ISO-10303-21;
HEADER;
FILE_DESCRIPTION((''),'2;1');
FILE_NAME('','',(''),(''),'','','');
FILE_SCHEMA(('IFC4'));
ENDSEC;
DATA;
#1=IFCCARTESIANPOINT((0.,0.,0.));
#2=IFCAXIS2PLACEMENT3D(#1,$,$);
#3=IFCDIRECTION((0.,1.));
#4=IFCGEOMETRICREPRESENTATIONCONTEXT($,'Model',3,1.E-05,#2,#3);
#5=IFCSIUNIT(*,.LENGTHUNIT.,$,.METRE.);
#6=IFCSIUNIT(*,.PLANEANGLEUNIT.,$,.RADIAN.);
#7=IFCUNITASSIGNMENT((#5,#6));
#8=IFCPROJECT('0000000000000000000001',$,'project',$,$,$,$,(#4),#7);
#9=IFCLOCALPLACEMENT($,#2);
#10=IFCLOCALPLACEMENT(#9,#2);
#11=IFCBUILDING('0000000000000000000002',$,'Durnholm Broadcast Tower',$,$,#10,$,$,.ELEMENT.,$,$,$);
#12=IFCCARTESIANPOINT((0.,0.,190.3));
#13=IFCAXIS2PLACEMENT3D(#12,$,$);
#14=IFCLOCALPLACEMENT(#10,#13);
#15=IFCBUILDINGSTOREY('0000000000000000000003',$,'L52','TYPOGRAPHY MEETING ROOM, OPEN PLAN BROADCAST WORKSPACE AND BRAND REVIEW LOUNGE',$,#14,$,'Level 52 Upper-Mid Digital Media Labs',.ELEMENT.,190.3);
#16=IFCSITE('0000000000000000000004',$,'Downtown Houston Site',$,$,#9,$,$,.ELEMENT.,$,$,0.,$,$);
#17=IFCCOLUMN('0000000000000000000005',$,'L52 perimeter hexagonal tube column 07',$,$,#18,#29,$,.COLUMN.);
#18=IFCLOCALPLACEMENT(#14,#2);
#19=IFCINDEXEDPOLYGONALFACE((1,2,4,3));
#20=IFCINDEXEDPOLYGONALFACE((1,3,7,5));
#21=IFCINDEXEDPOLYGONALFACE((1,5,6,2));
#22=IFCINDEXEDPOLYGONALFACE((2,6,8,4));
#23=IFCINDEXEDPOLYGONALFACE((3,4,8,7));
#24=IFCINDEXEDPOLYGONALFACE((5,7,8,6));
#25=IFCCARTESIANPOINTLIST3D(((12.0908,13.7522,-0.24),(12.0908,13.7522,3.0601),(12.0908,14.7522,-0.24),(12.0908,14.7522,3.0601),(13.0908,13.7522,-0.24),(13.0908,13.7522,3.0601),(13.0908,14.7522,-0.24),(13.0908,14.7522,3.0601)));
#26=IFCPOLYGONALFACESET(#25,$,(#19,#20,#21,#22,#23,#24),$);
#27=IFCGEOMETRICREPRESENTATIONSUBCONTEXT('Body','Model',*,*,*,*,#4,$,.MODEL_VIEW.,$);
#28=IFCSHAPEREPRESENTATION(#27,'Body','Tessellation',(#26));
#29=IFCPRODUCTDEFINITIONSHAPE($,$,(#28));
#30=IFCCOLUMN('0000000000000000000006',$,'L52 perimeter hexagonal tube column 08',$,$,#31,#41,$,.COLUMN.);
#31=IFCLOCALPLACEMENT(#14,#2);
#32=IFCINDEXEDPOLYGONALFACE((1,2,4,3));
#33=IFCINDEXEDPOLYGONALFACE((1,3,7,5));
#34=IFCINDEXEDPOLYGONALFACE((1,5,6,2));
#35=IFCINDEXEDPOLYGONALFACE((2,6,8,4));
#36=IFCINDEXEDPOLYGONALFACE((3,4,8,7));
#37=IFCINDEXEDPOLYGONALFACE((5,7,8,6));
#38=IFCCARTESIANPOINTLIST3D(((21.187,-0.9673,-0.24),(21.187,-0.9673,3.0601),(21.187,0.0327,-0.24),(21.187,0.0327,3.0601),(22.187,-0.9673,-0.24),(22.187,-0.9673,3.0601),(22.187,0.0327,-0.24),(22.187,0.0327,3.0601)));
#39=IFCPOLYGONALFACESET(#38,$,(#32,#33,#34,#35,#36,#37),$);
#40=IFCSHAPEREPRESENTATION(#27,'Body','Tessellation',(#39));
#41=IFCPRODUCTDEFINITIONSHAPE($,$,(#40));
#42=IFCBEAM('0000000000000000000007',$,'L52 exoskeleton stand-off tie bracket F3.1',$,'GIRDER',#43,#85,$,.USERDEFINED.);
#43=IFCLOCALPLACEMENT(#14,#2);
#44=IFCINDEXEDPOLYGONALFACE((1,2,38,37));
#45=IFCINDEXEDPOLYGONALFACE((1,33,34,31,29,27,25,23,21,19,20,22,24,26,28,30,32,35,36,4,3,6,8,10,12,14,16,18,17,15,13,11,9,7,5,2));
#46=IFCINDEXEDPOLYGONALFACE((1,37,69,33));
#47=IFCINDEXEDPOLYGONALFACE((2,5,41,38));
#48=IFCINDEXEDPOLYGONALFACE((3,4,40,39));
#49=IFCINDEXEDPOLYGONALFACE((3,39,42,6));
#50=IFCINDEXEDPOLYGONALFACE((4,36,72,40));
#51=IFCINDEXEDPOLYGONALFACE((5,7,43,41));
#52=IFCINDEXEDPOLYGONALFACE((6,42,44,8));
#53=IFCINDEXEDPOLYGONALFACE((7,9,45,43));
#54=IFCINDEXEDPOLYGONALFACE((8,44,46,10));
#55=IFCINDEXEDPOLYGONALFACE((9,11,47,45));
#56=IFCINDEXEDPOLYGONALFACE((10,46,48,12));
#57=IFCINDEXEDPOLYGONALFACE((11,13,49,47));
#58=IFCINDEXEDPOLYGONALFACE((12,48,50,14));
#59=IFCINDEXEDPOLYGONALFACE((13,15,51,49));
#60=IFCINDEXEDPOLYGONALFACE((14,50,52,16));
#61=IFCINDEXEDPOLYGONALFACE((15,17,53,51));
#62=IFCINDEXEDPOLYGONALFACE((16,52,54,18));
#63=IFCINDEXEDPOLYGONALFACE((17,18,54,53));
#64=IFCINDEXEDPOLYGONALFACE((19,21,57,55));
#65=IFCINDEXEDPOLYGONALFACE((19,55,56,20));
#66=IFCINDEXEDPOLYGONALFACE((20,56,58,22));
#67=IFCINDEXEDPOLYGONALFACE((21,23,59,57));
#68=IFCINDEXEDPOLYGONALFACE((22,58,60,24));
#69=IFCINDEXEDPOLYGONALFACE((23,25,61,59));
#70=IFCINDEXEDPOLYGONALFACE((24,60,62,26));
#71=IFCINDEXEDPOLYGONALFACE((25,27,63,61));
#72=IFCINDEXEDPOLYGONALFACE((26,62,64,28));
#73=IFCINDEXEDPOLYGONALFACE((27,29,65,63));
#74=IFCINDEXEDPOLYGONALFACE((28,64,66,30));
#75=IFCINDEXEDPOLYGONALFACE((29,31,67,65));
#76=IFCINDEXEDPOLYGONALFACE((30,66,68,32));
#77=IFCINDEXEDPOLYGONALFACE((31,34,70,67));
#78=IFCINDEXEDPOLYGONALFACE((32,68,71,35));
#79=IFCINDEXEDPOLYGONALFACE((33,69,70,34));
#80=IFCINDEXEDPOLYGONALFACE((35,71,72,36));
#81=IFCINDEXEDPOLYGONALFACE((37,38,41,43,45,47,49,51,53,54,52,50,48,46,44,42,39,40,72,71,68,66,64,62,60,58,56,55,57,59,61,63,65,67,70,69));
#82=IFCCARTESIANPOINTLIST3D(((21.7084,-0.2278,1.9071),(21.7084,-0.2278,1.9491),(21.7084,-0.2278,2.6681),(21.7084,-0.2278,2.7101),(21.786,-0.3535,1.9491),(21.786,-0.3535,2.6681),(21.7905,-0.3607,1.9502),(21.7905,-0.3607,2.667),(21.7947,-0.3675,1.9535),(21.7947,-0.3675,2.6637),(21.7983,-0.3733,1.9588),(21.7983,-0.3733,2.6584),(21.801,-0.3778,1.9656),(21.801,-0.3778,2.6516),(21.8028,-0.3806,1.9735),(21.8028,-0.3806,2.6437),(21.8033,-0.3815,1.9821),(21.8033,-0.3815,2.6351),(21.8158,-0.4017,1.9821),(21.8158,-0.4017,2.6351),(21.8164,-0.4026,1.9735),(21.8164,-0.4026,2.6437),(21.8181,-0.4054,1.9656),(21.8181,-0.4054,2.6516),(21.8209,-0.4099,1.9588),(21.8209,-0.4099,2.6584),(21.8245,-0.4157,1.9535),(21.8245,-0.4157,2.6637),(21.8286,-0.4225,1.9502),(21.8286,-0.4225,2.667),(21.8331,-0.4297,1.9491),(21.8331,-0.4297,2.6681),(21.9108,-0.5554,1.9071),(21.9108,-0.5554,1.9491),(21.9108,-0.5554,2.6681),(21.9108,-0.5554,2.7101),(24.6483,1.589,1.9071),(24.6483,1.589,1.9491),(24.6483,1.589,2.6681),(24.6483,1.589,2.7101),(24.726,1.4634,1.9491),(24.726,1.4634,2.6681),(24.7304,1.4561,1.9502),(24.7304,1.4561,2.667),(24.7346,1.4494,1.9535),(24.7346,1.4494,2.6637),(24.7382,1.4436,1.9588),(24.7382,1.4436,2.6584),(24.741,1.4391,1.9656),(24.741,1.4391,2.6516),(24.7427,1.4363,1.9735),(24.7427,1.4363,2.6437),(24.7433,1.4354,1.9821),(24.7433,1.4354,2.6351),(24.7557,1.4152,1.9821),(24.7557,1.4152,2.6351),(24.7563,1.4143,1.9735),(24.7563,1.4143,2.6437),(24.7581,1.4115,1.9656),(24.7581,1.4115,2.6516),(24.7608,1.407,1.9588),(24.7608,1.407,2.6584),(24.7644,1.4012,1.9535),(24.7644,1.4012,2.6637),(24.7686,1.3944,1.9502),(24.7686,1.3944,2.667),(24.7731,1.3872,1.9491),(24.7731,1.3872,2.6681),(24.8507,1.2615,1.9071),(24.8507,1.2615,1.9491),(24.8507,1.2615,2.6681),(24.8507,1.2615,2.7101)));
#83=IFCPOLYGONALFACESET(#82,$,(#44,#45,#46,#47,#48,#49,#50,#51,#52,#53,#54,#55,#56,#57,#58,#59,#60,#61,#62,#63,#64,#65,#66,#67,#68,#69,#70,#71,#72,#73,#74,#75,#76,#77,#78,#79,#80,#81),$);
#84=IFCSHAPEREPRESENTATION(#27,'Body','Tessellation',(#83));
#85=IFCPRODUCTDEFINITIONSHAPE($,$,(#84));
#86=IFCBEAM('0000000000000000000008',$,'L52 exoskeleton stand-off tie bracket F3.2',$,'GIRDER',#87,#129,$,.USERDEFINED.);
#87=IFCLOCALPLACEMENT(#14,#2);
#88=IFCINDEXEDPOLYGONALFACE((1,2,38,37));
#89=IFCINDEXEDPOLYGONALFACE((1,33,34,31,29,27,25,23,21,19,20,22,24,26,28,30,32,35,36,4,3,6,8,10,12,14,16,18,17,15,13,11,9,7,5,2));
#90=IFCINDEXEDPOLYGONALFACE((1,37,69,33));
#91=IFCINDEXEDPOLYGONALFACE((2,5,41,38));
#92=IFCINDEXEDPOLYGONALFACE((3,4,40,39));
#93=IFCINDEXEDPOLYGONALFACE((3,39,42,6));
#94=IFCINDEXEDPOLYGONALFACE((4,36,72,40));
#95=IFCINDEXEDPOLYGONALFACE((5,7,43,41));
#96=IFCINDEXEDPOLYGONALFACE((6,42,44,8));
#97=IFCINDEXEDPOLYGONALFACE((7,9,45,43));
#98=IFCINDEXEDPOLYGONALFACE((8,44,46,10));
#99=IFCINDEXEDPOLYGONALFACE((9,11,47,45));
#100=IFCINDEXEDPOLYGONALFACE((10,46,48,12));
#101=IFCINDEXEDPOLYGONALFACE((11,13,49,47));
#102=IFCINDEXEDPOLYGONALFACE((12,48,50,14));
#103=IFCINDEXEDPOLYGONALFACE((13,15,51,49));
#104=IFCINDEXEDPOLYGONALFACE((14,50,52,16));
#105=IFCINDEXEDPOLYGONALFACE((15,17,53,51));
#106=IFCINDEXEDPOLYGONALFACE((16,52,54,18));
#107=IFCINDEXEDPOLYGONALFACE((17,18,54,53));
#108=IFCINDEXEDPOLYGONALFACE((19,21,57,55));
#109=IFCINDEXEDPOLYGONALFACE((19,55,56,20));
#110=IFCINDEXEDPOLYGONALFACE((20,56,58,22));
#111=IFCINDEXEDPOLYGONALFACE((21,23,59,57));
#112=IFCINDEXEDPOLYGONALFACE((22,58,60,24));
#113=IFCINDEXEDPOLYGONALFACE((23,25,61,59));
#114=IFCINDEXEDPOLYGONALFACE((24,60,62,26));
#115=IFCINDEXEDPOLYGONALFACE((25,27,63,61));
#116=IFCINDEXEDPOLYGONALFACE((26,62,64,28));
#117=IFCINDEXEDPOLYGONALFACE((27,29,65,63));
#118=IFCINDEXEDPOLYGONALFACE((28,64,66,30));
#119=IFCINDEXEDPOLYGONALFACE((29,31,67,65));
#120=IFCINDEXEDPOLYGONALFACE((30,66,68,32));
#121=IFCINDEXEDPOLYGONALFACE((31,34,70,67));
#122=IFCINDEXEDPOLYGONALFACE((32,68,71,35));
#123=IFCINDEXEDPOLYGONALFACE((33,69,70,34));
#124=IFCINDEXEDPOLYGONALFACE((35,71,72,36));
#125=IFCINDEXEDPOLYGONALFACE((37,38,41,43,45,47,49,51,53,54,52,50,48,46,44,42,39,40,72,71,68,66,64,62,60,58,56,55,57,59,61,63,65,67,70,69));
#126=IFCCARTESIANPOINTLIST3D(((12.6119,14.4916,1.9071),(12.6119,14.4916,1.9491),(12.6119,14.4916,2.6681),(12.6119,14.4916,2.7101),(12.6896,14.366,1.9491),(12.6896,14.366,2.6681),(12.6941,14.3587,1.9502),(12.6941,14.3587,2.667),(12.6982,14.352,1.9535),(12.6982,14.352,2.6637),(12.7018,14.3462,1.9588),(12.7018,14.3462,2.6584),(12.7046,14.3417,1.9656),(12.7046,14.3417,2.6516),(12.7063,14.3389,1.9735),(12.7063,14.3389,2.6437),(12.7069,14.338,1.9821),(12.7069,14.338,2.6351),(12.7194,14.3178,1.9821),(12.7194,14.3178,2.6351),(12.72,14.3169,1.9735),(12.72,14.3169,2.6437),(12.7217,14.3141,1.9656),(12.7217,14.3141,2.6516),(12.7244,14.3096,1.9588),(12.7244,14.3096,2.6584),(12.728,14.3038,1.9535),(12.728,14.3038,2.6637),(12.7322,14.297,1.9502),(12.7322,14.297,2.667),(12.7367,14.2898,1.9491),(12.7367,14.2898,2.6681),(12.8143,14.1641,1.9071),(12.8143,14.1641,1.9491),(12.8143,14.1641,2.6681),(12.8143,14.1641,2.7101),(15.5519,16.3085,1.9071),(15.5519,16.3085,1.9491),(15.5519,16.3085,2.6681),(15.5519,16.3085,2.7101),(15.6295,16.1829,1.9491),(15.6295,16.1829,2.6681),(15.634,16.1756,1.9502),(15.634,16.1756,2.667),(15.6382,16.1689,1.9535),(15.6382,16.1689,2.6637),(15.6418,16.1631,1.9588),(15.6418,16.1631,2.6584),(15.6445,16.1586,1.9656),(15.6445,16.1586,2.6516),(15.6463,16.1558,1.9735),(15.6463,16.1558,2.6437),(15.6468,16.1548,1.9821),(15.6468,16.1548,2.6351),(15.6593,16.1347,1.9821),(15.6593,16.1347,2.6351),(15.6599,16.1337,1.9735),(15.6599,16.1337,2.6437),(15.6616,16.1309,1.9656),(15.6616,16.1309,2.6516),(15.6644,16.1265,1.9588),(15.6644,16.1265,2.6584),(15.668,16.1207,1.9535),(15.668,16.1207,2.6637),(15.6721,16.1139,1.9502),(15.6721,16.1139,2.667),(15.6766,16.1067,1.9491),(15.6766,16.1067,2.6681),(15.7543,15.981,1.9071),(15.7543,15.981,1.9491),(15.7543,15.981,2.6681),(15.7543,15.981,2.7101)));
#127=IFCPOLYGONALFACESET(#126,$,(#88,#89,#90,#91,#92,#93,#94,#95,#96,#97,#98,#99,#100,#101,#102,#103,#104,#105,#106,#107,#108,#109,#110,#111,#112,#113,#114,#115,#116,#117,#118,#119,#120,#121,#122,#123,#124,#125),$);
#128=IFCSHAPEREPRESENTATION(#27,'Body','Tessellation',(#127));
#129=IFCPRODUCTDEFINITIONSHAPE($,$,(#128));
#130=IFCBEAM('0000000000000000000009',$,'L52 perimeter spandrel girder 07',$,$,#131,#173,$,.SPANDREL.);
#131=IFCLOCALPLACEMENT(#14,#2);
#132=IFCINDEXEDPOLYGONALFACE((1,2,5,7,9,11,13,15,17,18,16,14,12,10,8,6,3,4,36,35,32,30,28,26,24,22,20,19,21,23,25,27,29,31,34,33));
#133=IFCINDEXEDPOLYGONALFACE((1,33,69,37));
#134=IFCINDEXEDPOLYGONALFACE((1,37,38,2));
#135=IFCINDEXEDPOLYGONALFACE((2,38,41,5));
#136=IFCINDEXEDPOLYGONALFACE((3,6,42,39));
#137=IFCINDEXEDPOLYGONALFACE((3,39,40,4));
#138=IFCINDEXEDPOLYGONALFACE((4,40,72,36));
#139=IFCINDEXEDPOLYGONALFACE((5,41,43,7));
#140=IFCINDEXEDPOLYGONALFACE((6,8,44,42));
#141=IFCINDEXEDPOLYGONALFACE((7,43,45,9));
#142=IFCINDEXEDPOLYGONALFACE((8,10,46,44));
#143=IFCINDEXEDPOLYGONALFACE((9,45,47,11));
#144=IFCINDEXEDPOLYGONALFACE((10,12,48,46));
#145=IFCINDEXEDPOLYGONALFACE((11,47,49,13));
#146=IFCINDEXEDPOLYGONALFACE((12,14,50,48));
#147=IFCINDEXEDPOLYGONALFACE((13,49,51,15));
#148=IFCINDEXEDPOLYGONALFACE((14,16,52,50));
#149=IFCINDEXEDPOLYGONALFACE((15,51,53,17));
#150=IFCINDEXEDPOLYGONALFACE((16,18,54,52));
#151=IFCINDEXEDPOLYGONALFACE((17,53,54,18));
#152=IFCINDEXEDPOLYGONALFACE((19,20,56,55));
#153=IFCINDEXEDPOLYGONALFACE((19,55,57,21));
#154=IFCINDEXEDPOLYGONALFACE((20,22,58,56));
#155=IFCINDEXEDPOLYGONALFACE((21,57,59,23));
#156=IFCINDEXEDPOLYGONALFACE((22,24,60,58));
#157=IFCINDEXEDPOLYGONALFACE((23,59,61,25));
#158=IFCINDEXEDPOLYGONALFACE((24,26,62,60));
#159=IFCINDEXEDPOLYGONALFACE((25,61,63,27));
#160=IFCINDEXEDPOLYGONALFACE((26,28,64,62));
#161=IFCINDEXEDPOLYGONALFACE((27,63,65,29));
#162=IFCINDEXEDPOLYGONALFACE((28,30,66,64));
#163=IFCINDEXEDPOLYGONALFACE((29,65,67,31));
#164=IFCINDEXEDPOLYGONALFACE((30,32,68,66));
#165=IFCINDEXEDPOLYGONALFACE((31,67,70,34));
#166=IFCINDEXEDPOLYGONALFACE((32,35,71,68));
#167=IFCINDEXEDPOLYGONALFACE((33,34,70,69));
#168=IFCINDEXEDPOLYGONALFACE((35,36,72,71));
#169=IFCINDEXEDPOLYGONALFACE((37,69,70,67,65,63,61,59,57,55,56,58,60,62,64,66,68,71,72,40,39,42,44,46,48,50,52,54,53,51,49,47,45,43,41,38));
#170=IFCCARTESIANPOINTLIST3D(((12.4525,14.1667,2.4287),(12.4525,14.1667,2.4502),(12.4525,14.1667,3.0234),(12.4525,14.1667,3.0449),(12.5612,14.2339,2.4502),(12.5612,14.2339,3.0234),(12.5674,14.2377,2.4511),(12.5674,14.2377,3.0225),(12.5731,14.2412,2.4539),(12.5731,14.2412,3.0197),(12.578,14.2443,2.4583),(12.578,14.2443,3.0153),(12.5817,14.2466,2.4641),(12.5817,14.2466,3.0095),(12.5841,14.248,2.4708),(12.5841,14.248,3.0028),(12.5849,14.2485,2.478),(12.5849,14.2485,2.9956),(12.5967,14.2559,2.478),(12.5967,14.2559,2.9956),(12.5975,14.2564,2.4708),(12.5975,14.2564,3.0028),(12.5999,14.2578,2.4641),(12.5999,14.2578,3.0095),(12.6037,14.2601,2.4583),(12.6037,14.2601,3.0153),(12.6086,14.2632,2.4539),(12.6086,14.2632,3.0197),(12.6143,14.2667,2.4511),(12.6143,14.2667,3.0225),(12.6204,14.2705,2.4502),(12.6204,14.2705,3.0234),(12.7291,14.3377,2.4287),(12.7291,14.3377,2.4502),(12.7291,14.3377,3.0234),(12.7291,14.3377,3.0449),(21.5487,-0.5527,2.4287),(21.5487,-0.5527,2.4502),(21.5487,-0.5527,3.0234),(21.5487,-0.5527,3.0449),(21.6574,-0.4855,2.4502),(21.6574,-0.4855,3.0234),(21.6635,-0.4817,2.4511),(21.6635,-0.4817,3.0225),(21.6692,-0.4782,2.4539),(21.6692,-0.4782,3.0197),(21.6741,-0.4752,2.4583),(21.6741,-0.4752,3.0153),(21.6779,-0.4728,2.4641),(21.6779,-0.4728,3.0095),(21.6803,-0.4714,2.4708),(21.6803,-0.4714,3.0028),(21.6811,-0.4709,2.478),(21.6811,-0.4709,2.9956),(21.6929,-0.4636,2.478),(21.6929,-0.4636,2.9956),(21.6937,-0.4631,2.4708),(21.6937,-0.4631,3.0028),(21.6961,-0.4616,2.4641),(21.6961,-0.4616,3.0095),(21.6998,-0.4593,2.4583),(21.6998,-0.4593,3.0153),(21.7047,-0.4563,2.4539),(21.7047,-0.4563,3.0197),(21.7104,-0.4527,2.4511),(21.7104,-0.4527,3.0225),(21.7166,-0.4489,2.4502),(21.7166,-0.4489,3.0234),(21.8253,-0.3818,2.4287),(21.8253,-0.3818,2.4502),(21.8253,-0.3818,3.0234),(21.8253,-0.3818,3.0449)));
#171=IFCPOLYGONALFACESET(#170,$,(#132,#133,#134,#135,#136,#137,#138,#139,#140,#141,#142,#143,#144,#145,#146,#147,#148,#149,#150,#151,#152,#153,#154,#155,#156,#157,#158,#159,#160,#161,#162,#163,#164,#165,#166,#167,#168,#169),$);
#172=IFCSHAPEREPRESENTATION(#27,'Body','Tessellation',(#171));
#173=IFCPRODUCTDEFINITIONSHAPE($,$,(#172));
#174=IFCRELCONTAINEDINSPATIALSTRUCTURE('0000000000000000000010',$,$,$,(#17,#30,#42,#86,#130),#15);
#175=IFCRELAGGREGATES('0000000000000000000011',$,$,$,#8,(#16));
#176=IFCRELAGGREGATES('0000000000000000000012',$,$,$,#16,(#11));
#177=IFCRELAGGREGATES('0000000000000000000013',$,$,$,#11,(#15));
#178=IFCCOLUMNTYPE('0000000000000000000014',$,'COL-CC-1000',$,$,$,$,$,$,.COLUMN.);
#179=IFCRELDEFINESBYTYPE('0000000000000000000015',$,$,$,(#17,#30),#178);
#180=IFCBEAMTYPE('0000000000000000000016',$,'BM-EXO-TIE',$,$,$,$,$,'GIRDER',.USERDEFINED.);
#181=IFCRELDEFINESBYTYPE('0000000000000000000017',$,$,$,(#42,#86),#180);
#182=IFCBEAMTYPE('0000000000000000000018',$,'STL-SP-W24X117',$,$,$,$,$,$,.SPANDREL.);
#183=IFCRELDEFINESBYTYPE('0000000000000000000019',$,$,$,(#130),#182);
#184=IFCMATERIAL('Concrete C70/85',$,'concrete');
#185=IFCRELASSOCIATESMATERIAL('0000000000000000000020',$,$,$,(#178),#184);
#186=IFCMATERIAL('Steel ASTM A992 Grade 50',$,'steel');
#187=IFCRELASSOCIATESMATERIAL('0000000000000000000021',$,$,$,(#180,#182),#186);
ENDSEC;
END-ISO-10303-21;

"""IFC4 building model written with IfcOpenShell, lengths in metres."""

from ifc_helpers import new_model, si_unit, direction, frame, origin, origin_2d, place, context, subcontext, project, spatial, rectangle, i_section, extrude, source, transform, mapped, material, material_profile, profile_set, type_object, type_shapes, element, save


model = new_model("IFC4")

# Units and contexts
model_context = context("Model", 3, precision=1e-05, world=origin(), true_north=direction((0.0, 1.0)))
body_context = subcontext(model_context, "Body", "Model", "MODEL_VIEW")
ifc_project = project(units=[si_unit("LENGTHUNIT", "METRE"), si_unit("PLANEANGLEUNIT", "RADIAN")], contexts=[model_context])

# Site, building, storey
site_placement = place(None, origin())
site = spatial("IfcSite", under=ifc_project, at=site_placement, Name="Downtown Houston Site", CompositionType="ELEMENT", RefElevation=0.0)
building_placement = place(site_placement, origin())
building = spatial("IfcBuilding", under=site, at=building_placement, Name="Durnholm Broadcast Tower", CompositionType="ELEMENT")
storey_placement = place(building_placement, frame((0.0, 0.0, 190.3)))
storey = spatial("IfcBuildingStorey", under=building, at=storey_placement, Name="L52", Description="TYPOGRAPHY MEETING ROOM, OPEN PLAN BROADCAST WORKSPACE AND BRAND REVIEW LOUNGE", LongName="Level 52 Upper-Mid Digital Media Labs", CompositionType="ELEMENT", Elevation=190.3)

# Columns
ifc_material_1 = material(Name="Concrete C70/85", Category="concrete")
ifc_material_profile_1 = material_profile(ifc_material_1, rectangle(XDim=1.0, YDim=1.0, at=origin_2d()), Name="RC1000X1000")
ifc_profile_set_1 = profile_set([ifc_material_profile_1], Name="Concrete C70/85")
column_type = type_object("IfcColumnType", Name="COL-CC-1000", PredefinedType="COLUMN", material=ifc_profile_set_1)
shared_shape_1 = source(origin(), body_context, "Body", "SweptSolid", [
    extrude(rectangle(XDim=1.0, YDim=1.0, at=origin_2d()), origin(), (0.0, 0.0, 1.0), 3.3),
])
type_shapes(column_type, [shared_shape_1])
for number, where, z_axis, x_axis, name in (
    (1, (12.5908, 14.2522, -0.24), (0.0, 0.0, 1.0), (1.0, 0.0, 0.0), "L52 perimeter hexagonal tube column 07"),
    (2, (21.687, -0.4673, -0.24), (0.0, 0.0, 1.0), (1.0, 0.0, 0.0), "L52 perimeter hexagonal tube column 08"),
):
    element("IfcColumn", number, at=place(storey_placement, frame(where, z_axis=z_axis, x_axis=x_axis)), inside=storey, type_object=column_type, Name=name, PredefinedType="COLUMN", context=body_context, shape_type="MappedRepresentation", body=[
        mapped(shared_shape_1, transform((0.0, 0.0, 0.0), x_axis=(1.0, 0.0, 0.0), y_axis=(0.0, 1.0, 0.0), z_axis=(0.0, 0.0, 1.0), scale=1.0)),
    ])

# Beams
ifc_material_2 = material(Name="Steel ASTM A992 Grade 50", Category="steel")
ifc_material_profile_2 = material_profile(ifc_material_2, i_section(OverallWidth=0.385, OverallDepth=0.803, WebThickness=0.0237, FlangeThickness=0.042, FilletRadius=0.033, at=origin_2d()), Name="W30X261")
ifc_profile_set_2 = profile_set([ifc_material_profile_2], Name="Steel ASTM A992 Grade 50")
beam_type_1 = type_object("IfcBeamType", Name="BM-EXO-TIE", ElementType="GIRDER", PredefinedType="USERDEFINED", material=ifc_profile_set_2)
shared_shape_2 = source(origin(), body_context, "Body", "SweptSolid", [
    extrude(i_section(OverallWidth=0.385, OverallDepth=0.803, WebThickness=0.0237, FlangeThickness=0.042, FilletRadius=0.033, at=origin_2d()), origin(), (0.0, 0.0, 1.0), 3.4561),
])
for number, where, z_axis, x_axis, name in (
    (3, (21.8096, -0.3916, 2.3086), (0.850662, 0.525712, 0.0), (-0.525712, 0.850662, 0.0), "L52 exoskeleton stand-off tie bracket F3.1"),
    (4, (12.7131, 14.3279, 2.3086), (0.850662, 0.525712, 0.0), (-0.525712, 0.850662, 0.0), "L52 exoskeleton stand-off tie bracket F3.2"),
):
    element("IfcBeam", number, at=place(storey_placement, frame(where, z_axis=z_axis, x_axis=x_axis)), inside=storey, type_object=beam_type_1, Name=name, ObjectType="GIRDER", PredefinedType="USERDEFINED", context=body_context, shape_type="MappedRepresentation", body=[
        mapped(shared_shape_2, transform((0.0, 0.0, 0.0), x_axis=(1.0, 0.0, 0.0), y_axis=(0.0, 1.0, 0.0), z_axis=(0.0, 0.0, 1.0), scale=1.0)),
    ])
ifc_material_profile_3 = material_profile(ifc_material_2, i_section(OverallWidth=0.3252, OverallDepth=0.6162, WebThickness=0.0139, FlangeThickness=0.0215, FilletRadius=0.0278, at=origin_2d()), Name="W24X117")
ifc_profile_set_3 = profile_set([ifc_material_profile_3], Name="Steel ASTM A992 Grade 50")
beam_type_2 = type_object("IfcBeamType", Name="STL-SP-W24X117", PredefinedType="SPANDREL", material=ifc_profile_set_3)
shared_shape_3 = source(origin(), body_context, "Body", "SweptSolid", [
    extrude(i_section(OverallWidth=0.3252, OverallDepth=0.6162, WebThickness=0.0139, FlangeThickness=0.0215, FilletRadius=0.0278, at=origin_2d()), origin(), (0.0, 0.0, 1.0), 17.3032),
])
beam_1_placement = place(storey_placement, frame((12.5908, 14.2522, 2.7368), z_axis=(0.525691, -0.850675, 0.0), x_axis=(0.850675, 0.525691, 0.0)))
element("IfcBeam", 5, at=beam_1_placement, inside=storey, type_object=beam_type_2, Name="L52 perimeter spandrel girder 07", PredefinedType="SPANDREL", context=body_context, shape_type="MappedRepresentation", body=[
    mapped(shared_shape_3, transform((0.0, 0.0, 0.0), x_axis=(1.0, 0.0, 0.0), y_axis=(0.0, 1.0, 0.0), z_axis=(0.0, 0.0, 1.0), scale=1.0)),
])

save(model, "model.ifc")
